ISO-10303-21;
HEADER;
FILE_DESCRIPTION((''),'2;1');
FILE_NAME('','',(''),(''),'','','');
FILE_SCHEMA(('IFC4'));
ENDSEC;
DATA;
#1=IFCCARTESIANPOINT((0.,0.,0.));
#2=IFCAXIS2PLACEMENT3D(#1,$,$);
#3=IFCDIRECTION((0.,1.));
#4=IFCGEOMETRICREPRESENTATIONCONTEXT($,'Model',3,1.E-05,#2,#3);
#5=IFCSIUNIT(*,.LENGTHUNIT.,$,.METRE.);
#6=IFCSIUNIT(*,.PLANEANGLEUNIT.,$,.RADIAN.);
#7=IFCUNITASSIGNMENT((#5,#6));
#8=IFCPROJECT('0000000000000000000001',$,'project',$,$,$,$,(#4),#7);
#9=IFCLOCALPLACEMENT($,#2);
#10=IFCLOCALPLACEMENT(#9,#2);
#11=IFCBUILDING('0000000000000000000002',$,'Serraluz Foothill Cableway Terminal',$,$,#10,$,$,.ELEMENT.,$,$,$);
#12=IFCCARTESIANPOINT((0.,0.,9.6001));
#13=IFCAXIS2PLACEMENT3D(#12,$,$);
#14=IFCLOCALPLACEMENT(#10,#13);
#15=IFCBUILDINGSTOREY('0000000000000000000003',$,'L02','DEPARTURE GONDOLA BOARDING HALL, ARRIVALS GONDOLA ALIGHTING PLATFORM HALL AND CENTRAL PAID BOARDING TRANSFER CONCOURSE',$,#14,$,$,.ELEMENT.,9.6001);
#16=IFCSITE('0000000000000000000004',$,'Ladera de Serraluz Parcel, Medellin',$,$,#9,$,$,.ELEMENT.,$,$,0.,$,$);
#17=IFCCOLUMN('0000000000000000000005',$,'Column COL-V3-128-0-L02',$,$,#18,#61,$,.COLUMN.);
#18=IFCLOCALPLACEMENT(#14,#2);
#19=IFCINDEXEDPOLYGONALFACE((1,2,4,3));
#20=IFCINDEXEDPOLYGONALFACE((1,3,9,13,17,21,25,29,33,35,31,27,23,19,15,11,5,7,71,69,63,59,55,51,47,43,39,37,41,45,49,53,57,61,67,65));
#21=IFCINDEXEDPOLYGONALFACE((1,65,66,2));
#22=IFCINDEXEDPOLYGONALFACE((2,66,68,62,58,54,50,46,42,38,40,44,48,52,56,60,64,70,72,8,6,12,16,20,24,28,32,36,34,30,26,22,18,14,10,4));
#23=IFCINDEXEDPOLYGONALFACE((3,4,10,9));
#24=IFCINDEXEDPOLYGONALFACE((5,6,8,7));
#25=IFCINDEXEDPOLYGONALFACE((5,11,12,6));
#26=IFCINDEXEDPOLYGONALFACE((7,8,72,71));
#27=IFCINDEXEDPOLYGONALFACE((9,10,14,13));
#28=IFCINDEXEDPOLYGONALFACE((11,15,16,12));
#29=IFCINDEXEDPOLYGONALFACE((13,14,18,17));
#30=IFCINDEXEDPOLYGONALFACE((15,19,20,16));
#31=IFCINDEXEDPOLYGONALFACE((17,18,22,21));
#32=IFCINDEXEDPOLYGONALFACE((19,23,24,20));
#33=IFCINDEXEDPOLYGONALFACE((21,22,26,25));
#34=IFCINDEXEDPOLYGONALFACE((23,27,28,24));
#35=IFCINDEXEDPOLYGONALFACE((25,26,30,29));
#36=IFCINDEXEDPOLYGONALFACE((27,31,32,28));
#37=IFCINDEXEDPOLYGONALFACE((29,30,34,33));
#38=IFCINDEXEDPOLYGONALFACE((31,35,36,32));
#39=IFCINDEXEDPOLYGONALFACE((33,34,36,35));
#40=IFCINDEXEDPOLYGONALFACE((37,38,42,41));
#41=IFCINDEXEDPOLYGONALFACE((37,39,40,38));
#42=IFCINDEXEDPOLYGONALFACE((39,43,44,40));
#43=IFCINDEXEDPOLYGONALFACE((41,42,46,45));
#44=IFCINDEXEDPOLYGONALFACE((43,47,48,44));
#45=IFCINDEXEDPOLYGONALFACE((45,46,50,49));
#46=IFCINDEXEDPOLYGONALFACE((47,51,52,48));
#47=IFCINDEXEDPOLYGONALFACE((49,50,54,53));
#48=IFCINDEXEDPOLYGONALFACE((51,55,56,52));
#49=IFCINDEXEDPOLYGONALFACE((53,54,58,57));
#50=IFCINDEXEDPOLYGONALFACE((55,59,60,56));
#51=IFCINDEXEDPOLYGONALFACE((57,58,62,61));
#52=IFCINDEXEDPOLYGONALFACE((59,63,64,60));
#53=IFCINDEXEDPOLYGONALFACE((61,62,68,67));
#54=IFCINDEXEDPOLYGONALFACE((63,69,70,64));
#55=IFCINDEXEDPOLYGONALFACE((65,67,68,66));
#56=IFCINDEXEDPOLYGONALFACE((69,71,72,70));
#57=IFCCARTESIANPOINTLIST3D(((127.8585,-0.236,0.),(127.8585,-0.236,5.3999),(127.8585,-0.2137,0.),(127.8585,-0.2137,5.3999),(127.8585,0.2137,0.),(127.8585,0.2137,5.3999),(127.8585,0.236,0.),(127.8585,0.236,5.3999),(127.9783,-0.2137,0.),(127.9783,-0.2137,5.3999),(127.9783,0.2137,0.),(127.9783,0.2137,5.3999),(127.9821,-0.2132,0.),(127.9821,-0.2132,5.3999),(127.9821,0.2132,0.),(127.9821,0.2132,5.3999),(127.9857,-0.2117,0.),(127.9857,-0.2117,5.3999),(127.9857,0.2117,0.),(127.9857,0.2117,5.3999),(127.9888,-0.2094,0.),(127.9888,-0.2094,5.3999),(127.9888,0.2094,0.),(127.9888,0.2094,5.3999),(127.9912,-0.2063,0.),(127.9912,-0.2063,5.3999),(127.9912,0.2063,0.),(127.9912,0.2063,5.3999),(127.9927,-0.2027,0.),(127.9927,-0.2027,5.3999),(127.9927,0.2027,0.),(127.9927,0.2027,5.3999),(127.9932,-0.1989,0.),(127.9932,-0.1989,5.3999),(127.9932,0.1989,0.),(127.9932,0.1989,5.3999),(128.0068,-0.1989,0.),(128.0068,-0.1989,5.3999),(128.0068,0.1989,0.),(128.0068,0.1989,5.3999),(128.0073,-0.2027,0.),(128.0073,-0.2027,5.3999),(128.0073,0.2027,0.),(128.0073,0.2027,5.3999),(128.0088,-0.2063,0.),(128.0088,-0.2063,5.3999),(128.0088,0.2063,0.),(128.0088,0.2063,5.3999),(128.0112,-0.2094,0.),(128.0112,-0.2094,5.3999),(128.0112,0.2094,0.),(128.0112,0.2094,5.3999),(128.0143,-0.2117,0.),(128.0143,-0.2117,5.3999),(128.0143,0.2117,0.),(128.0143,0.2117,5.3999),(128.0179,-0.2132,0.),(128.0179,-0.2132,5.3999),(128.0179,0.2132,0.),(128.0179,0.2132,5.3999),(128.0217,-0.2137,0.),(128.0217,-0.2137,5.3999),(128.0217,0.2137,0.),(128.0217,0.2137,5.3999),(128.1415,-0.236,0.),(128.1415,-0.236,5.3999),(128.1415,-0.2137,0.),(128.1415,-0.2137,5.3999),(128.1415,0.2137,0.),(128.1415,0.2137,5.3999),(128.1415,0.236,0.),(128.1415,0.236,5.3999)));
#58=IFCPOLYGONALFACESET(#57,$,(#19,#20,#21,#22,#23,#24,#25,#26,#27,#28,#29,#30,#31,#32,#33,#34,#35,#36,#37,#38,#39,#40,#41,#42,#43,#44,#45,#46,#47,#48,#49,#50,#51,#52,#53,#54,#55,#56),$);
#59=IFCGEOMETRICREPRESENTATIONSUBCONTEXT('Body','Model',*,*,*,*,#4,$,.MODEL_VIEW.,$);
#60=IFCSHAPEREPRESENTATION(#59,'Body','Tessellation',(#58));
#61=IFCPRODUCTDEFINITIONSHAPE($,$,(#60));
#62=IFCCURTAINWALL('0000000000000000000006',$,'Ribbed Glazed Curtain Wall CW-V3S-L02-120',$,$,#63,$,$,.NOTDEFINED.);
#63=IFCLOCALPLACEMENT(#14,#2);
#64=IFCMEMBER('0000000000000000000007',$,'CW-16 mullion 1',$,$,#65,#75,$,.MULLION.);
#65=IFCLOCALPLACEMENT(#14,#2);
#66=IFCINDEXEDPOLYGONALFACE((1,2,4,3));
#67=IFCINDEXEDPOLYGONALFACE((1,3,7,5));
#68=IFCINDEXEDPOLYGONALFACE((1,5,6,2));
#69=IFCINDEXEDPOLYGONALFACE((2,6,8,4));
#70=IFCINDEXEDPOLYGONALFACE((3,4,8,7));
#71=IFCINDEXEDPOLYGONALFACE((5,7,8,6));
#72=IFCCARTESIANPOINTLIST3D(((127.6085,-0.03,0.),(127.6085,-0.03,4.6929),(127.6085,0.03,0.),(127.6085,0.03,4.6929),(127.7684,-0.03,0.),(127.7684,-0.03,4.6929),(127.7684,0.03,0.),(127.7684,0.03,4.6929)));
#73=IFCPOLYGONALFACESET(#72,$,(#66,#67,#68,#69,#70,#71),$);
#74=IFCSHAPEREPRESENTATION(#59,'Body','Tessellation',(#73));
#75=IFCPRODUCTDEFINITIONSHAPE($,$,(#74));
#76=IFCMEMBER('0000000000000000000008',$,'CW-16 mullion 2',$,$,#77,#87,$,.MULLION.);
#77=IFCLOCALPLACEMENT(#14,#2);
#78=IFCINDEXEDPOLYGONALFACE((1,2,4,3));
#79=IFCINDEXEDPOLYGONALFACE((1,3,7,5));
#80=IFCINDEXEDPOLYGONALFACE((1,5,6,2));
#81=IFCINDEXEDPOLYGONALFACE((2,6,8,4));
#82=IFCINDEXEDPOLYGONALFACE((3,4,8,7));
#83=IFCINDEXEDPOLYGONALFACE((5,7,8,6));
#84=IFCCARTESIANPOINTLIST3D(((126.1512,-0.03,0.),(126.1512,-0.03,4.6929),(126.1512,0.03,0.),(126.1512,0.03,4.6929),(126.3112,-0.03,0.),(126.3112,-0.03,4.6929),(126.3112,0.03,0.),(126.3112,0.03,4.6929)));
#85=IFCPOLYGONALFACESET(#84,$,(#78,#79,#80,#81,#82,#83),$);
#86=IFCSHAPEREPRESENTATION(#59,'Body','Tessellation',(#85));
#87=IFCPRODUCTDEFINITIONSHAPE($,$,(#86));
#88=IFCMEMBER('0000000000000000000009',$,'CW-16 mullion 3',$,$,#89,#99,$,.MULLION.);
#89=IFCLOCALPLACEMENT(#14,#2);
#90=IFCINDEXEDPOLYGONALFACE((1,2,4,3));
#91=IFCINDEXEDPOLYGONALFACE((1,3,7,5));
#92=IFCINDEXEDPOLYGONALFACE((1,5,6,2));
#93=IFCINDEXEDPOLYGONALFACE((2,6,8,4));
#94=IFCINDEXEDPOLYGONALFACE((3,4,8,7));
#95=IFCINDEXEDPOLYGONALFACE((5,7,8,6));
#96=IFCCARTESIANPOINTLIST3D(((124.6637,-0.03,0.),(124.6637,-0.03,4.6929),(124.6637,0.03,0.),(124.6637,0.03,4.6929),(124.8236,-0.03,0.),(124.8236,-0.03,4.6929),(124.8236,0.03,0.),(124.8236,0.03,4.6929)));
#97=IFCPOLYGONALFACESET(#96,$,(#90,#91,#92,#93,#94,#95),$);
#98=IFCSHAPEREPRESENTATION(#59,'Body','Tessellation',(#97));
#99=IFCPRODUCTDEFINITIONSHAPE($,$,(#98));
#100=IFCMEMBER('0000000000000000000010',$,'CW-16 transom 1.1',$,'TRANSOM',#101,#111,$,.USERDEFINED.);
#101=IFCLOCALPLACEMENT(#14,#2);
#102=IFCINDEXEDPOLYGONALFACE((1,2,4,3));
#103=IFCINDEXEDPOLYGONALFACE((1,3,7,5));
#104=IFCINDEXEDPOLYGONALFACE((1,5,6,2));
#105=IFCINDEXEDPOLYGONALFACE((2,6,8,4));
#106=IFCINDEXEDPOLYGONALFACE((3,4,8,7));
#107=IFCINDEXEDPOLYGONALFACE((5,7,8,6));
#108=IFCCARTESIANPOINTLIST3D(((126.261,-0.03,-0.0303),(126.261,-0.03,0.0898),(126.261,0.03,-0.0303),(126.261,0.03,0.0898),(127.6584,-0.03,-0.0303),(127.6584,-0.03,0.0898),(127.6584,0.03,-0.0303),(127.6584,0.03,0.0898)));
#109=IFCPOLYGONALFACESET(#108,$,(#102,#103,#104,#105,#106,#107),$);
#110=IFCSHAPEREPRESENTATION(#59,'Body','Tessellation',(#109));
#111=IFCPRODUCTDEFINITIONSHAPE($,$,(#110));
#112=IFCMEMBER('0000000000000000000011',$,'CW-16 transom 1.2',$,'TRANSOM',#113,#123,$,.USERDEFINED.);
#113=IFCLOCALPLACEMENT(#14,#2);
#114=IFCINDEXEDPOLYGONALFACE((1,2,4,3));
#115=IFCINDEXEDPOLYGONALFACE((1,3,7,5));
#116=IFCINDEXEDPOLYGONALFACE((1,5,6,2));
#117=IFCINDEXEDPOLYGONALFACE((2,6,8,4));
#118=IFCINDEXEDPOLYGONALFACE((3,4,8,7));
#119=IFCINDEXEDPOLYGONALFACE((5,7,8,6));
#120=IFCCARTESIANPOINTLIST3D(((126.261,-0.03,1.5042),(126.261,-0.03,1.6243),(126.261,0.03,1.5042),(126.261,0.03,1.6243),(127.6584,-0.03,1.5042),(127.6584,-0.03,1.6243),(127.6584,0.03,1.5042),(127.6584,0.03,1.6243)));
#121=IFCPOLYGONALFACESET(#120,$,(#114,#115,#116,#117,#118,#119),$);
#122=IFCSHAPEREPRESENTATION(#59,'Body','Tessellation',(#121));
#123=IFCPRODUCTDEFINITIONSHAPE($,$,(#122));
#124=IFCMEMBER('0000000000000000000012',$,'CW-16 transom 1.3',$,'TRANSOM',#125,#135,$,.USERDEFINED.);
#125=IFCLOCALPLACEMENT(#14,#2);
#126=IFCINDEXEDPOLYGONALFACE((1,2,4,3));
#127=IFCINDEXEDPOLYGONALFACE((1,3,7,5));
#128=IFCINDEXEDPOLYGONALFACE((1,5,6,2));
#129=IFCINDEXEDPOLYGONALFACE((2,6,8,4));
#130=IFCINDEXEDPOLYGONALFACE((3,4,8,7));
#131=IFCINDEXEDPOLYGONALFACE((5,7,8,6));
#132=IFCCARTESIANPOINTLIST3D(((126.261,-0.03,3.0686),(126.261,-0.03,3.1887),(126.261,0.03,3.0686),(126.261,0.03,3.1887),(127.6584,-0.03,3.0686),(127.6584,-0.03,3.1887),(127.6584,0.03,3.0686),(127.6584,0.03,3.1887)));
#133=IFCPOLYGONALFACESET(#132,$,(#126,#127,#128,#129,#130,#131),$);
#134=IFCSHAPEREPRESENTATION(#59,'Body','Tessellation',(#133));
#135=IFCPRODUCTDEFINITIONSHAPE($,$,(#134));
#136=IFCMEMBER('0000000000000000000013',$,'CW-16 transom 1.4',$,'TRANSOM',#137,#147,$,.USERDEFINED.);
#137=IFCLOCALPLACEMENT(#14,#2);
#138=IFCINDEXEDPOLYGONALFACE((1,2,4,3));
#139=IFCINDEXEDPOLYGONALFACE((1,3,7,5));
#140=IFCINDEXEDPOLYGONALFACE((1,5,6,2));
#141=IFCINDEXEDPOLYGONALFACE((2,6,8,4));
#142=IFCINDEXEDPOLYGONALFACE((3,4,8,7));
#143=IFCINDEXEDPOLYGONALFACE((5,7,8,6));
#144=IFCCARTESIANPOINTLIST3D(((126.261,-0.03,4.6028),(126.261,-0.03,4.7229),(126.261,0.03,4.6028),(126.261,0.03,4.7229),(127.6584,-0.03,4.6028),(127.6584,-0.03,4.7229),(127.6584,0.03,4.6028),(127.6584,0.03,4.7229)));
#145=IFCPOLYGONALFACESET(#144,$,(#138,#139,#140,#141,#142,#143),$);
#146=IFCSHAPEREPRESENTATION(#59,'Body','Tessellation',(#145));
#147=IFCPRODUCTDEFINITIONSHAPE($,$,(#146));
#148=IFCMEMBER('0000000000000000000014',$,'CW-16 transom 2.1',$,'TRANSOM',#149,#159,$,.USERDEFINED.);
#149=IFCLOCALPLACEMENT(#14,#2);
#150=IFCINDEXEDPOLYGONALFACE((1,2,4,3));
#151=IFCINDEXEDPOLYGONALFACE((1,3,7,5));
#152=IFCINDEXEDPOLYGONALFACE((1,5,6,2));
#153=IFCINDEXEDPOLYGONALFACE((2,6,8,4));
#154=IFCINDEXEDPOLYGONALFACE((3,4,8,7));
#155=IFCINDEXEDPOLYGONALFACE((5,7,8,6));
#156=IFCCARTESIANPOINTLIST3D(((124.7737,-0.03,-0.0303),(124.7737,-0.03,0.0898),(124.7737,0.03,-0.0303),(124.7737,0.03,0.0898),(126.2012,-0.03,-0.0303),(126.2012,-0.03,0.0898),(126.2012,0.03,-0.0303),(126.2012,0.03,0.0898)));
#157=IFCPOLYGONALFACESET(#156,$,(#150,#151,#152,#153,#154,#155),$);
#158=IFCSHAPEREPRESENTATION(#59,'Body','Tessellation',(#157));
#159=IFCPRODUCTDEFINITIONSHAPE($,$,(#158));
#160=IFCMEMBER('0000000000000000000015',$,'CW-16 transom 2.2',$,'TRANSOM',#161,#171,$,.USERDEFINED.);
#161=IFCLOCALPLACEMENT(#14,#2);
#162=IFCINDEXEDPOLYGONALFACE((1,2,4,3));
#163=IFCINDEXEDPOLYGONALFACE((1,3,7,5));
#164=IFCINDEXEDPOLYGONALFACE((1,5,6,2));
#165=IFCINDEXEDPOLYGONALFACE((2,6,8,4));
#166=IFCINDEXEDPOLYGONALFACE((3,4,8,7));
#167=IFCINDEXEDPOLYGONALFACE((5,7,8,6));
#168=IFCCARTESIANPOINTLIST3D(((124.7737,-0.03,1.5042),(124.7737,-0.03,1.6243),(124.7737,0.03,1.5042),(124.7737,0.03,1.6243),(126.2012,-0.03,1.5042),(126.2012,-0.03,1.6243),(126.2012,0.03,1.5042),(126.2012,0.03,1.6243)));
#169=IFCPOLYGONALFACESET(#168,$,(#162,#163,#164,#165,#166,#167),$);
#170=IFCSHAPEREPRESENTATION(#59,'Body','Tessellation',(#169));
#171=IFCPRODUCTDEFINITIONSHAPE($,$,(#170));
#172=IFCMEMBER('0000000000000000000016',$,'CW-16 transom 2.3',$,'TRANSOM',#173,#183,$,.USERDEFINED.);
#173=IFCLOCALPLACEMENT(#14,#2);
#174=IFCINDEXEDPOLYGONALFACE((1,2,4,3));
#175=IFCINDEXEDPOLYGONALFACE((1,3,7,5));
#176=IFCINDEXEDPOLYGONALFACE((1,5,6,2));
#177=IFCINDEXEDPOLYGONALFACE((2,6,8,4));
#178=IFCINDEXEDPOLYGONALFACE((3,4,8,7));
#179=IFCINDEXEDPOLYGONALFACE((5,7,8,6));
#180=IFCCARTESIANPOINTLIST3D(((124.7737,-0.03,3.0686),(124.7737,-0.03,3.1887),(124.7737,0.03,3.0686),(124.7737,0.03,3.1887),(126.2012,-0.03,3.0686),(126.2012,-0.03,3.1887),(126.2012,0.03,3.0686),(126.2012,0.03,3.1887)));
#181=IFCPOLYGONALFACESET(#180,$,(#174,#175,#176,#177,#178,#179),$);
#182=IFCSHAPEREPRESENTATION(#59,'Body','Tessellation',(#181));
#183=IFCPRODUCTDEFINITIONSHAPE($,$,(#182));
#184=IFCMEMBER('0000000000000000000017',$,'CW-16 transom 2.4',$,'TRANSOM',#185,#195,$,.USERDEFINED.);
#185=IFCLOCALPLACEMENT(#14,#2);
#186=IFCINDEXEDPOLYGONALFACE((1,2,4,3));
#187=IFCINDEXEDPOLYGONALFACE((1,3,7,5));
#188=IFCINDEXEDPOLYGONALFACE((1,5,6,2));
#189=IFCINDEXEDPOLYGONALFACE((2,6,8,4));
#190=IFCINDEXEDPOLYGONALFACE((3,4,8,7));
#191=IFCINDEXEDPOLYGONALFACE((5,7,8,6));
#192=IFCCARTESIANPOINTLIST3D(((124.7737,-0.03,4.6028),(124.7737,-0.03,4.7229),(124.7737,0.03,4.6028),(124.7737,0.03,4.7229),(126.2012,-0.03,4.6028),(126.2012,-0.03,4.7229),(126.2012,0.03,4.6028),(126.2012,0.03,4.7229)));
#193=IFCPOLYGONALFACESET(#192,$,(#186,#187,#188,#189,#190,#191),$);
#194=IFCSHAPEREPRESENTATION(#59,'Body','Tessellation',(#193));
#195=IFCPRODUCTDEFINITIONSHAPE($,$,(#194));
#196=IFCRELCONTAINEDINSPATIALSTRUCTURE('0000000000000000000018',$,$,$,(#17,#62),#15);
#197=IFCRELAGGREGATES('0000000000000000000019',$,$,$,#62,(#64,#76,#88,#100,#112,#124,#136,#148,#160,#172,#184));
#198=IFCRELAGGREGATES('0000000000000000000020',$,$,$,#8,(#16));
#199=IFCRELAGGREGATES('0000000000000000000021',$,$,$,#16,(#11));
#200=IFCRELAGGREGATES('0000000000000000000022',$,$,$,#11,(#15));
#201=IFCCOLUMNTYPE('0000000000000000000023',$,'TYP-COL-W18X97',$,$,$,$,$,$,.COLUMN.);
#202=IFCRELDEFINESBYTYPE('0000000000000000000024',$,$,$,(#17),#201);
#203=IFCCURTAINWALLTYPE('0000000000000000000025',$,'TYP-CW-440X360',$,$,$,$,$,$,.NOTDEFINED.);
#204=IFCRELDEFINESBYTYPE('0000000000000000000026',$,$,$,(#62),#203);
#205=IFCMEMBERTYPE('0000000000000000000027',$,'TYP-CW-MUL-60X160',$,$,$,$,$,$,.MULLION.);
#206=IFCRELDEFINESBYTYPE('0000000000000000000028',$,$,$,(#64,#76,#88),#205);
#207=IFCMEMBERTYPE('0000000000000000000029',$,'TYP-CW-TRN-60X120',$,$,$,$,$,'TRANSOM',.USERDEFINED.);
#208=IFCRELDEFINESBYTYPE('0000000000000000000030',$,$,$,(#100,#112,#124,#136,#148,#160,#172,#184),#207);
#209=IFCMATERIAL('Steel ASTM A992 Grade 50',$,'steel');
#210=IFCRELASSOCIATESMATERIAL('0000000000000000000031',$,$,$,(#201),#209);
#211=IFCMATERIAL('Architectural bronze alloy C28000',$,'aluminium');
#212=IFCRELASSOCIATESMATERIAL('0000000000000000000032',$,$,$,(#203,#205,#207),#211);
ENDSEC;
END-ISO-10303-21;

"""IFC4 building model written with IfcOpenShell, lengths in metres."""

from ifc_helpers import new_model, si_unit, direction, frame, origin, origin_2d, place, context, subcontext, project, spatial, rectangle, i_section, extrude, material, material_profile, profile_set, type_object, element, aggregate, save


model = new_model("IFC4")

# Units and contexts
model_context = context("Model", 3, precision=1e-05, world=origin(), true_north=direction((0.0, 1.0)))
body_context = subcontext(model_context, "Body", "Model", "MODEL_VIEW")
ifc_project = project(units=[si_unit("LENGTHUNIT", "METRE"), si_unit("PLANEANGLEUNIT", "RADIAN")], contexts=[model_context])

# Site, building, storey
site_placement = place(None, origin())
site = spatial("IfcSite", under=ifc_project, at=site_placement, Name="Ladera de Serraluz Parcel, Medellin", CompositionType="ELEMENT", RefElevation=0.0)
building_placement = place(site_placement, origin())
building = spatial("IfcBuilding", under=site, at=building_placement, Name="Serraluz Foothill Cableway Terminal", CompositionType="ELEMENT")
storey_placement = place(building_placement, frame((0.0, 0.0, 9.6001)))
storey = spatial("IfcBuildingStorey", under=building, at=storey_placement, Name="L02", Description="DEPARTURE GONDOLA BOARDING HALL, ARRIVALS GONDOLA ALIGHTING PLATFORM HALL AND CENTRAL PAID BOARDING TRANSFER CONCOURSE", CompositionType="ELEMENT", Elevation=9.6001)

# Column
ifc_material_1 = material(Name="Steel ASTM A992 Grade 50", Category="steel")
ifc_material_profile_1 = material_profile(ifc_material_1, i_section(OverallWidth=0.283, OverallDepth=0.4719, WebThickness=0.0137, FlangeThickness=0.0222, FilletRadius=0.0149, at=origin_2d()), Name="W18X97")
ifc_profile_set_1 = profile_set([ifc_material_profile_1], Name="Steel ASTM A992 Grade 50")
column_type = type_object("IfcColumnType", Name="TYP-COL-W18X97", PredefinedType="COLUMN", material=ifc_profile_set_1)
column_placement = place(storey_placement, frame((128.0, 0.0, 0.0), z_axis=(0.0, 0.0, 1.0), x_axis=(1.0, 0.0, 0.0)))
element("IfcColumn", 1, at=column_placement, inside=storey, type_object=column_type, Name="Column COL-V3-128-0-L02", PredefinedType="COLUMN", context=body_context, shape_type="SweptSolid", body=[
    extrude(i_section(OverallWidth=0.283, OverallDepth=0.4719, WebThickness=0.0137, FlangeThickness=0.0222, FilletRadius=0.0149, at=origin_2d()), origin(), (0.0, 0.0, 1.0), 5.3999),
])

# Curtain wall, members
ifc_material_2 = material(Name="Architectural bronze alloy C28000", Category="aluminium")
curtain_wall_type = type_object("IfcCurtainWallType", Name="TYP-CW-440X360", PredefinedType="NOTDEFINED", material=ifc_material_2)
curtain_wall_placement = place(storey_placement, origin())
curtain_wall = element("IfcCurtainWall", 2, at=curtain_wall_placement, inside=storey, type_object=curtain_wall_type, Name="Ribbed Glazed Curtain Wall CW-V3S-L02-120", PredefinedType="NOTDEFINED")
ifc_material_profile_2 = material_profile(ifc_material_2, rectangle(XDim=0.0601, YDim=0.1599, at=origin_2d()), Name="ALU MULLION 60x160")
ifc_profile_set_2 = profile_set([ifc_material_profile_2], Name="Architectural bronze alloy C28000")
member_type_1 = type_object("IfcMemberType", Name="TYP-CW-MUL-60X160", PredefinedType="MULLION", material=ifc_profile_set_2)
member_1_placement = place(storey_placement, frame((127.6885, 0.0, 0.0), z_axis=(0.0, 0.0, 1.0), x_axis=(0.0, -1.0, 0.0)))
member_1 = element("IfcMember", 3, at=member_1_placement, type_object=member_type_1, Name="CW-16 mullion 1", PredefinedType="MULLION", context=body_context, shape_type="SweptSolid", body=[
    extrude(rectangle(XDim=0.0601, YDim=0.1599, at=origin_2d()), origin(), (0.0, 0.0, 1.0), 4.6929),
])
member_2_placement = place(storey_placement, frame((126.2312, 0.0, 0.0), z_axis=(0.0, 0.0, 1.0), x_axis=(0.0, -1.0, 0.0)))
member_2 = element("IfcMember", 4, at=member_2_placement, type_object=member_type_1, Name="CW-16 mullion 2", PredefinedType="MULLION", context=body_context, shape_type="SweptSolid", body=[
    extrude(rectangle(XDim=0.0601, YDim=0.1599, at=origin_2d()), origin(), (0.0, 0.0, 1.0), 4.6929),
])
member_3_placement = place(storey_placement, frame((124.7437, 0.0, 0.0), z_axis=(0.0, 0.0, 1.0), x_axis=(0.0, -1.0, 0.0)))
member_3 = element("IfcMember", 5, at=member_3_placement, type_object=member_type_1, Name="CW-16 mullion 3", PredefinedType="MULLION", context=body_context, shape_type="SweptSolid", body=[
    extrude(rectangle(XDim=0.0601, YDim=0.1599, at=origin_2d()), origin(), (0.0, 0.0, 1.0), 4.6929),
])
ifc_material_profile_3 = material_profile(ifc_material_2, rectangle(XDim=0.0601, YDim=0.1201, at=origin_2d()), Name="ALU TRANSOM 60x120")
ifc_profile_set_3 = profile_set([ifc_material_profile_3], Name="Architectural bronze alloy C28000")
member_type_2 = type_object("IfcMemberType", Name="TYP-CW-TRN-60X120", ElementType="TRANSOM", PredefinedType="USERDEFINED", material=ifc_profile_set_3)
member_4_placement = place(storey_placement, frame((127.6584, 0.0, 0.0298), z_axis=(-1.0, 0.0, 0.0), x_axis=(0.0, -1.0, 0.0)))
member_4 = element("IfcMember", 6, at=member_4_placement, type_object=member_type_2, Name="CW-16 transom 1.1", ObjectType="TRANSOM", PredefinedType="USERDEFINED", context=body_context, shape_type="SweptSolid", body=[
    extrude(rectangle(XDim=0.0601, YDim=0.1201, at=origin_2d()), origin(), (0.0, 0.0, 1.0), 1.3975),
])
member_5_placement = place(storey_placement, frame((127.6584, 0.0, 1.5642), z_axis=(-1.0, 0.0, 0.0), x_axis=(0.0, -1.0, 0.0)))
member_5 = element("IfcMember", 7, at=member_5_placement, type_object=member_type_2, Name="CW-16 transom 1.2", ObjectType="TRANSOM", PredefinedType="USERDEFINED", context=body_context, shape_type="SweptSolid", body=[
    extrude(rectangle(XDim=0.0601, YDim=0.1201, at=origin_2d()), origin(), (0.0, 0.0, 1.0), 1.3975),
])
member_6_placement = place(storey_placement, frame((127.6584, 0.0, 3.1287), z_axis=(-1.0, 0.0, 0.0), x_axis=(0.0, -1.0, 0.0)))
member_6 = element("IfcMember", 8, at=member_6_placement, type_object=member_type_2, Name="CW-16 transom 1.3", ObjectType="TRANSOM", PredefinedType="USERDEFINED", context=body_context, shape_type="SweptSolid", body=[
    extrude(rectangle(XDim=0.0601, YDim=0.1201, at=origin_2d()), origin(), (0.0, 0.0, 1.0), 1.3975),
])
member_7_placement = place(storey_placement, frame((127.6584, 0.0, 4.6628), z_axis=(-1.0, 0.0, 0.0), x_axis=(0.0, -1.0, 0.0)))
member_7 = element("IfcMember", 9, at=member_7_placement, type_object=member_type_2, Name="CW-16 transom 1.4", ObjectType="TRANSOM", PredefinedType="USERDEFINED", context=body_context, shape_type="SweptSolid", body=[
    extrude(rectangle(XDim=0.0601, YDim=0.1201, at=origin_2d()), origin(), (0.0, 0.0, 1.0), 1.3975),
])
member_8_placement = place(storey_placement, frame((126.2012, 0.0, 0.0298), z_axis=(-1.0, 0.0, 0.0), x_axis=(0.0, -1.0, 0.0)))
member_8 = element("IfcMember", 10, at=member_8_placement, type_object=member_type_2, Name="CW-16 transom 2.1", ObjectType="TRANSOM", PredefinedType="USERDEFINED", context=body_context, shape_type="SweptSolid", body=[
    extrude(rectangle(XDim=0.0601, YDim=0.1201, at=origin_2d()), origin(), (0.0, 0.0, 1.0), 1.4275),
])
member_9_placement = place(storey_placement, frame((126.2012, 0.0, 1.5642), z_axis=(-1.0, 0.0, 0.0), x_axis=(0.0, -1.0, 0.0)))
member_9 = element("IfcMember", 11, at=member_9_placement, type_object=member_type_2, Name="CW-16 transom 2.2", ObjectType="TRANSOM", PredefinedType="USERDEFINED", context=body_context, shape_type="SweptSolid", body=[
    extrude(rectangle(XDim=0.0601, YDim=0.1201, at=origin_2d()), origin(), (0.0, 0.0, 1.0), 1.4275),
])
member_10_placement = place(storey_placement, frame((126.2012, 0.0, 3.1287), z_axis=(-1.0, 0.0, 0.0), x_axis=(0.0, -1.0, 0.0)))
member_10 = element("IfcMember", 12, at=member_10_placement, type_object=member_type_2, Name="CW-16 transom 2.3", ObjectType="TRANSOM", PredefinedType="USERDEFINED", context=body_context, shape_type="SweptSolid", body=[
    extrude(rectangle(XDim=0.0601, YDim=0.1201, at=origin_2d()), origin(), (0.0, 0.0, 1.0), 1.4275),
])
member_11_placement = place(storey_placement, frame((126.2012, 0.0, 4.6628), z_axis=(-1.0, 0.0, 0.0), x_axis=(0.0, -1.0, 0.0)))
member_11 = element("IfcMember", 13, at=member_11_placement, type_object=member_type_2, Name="CW-16 transom 2.4", ObjectType="TRANSOM", PredefinedType="USERDEFINED", context=body_context, shape_type="SweptSolid", body=[
    extrude(rectangle(XDim=0.0601, YDim=0.1201, at=origin_2d()), origin(), (0.0, 0.0, 1.0), 1.4275),
])
aggregate(curtain_wall, [member_1, member_2, member_3, member_4, member_5, member_6, member_7, member_8, member_9, member_10, member_11])

save(model, "model.ifc")
